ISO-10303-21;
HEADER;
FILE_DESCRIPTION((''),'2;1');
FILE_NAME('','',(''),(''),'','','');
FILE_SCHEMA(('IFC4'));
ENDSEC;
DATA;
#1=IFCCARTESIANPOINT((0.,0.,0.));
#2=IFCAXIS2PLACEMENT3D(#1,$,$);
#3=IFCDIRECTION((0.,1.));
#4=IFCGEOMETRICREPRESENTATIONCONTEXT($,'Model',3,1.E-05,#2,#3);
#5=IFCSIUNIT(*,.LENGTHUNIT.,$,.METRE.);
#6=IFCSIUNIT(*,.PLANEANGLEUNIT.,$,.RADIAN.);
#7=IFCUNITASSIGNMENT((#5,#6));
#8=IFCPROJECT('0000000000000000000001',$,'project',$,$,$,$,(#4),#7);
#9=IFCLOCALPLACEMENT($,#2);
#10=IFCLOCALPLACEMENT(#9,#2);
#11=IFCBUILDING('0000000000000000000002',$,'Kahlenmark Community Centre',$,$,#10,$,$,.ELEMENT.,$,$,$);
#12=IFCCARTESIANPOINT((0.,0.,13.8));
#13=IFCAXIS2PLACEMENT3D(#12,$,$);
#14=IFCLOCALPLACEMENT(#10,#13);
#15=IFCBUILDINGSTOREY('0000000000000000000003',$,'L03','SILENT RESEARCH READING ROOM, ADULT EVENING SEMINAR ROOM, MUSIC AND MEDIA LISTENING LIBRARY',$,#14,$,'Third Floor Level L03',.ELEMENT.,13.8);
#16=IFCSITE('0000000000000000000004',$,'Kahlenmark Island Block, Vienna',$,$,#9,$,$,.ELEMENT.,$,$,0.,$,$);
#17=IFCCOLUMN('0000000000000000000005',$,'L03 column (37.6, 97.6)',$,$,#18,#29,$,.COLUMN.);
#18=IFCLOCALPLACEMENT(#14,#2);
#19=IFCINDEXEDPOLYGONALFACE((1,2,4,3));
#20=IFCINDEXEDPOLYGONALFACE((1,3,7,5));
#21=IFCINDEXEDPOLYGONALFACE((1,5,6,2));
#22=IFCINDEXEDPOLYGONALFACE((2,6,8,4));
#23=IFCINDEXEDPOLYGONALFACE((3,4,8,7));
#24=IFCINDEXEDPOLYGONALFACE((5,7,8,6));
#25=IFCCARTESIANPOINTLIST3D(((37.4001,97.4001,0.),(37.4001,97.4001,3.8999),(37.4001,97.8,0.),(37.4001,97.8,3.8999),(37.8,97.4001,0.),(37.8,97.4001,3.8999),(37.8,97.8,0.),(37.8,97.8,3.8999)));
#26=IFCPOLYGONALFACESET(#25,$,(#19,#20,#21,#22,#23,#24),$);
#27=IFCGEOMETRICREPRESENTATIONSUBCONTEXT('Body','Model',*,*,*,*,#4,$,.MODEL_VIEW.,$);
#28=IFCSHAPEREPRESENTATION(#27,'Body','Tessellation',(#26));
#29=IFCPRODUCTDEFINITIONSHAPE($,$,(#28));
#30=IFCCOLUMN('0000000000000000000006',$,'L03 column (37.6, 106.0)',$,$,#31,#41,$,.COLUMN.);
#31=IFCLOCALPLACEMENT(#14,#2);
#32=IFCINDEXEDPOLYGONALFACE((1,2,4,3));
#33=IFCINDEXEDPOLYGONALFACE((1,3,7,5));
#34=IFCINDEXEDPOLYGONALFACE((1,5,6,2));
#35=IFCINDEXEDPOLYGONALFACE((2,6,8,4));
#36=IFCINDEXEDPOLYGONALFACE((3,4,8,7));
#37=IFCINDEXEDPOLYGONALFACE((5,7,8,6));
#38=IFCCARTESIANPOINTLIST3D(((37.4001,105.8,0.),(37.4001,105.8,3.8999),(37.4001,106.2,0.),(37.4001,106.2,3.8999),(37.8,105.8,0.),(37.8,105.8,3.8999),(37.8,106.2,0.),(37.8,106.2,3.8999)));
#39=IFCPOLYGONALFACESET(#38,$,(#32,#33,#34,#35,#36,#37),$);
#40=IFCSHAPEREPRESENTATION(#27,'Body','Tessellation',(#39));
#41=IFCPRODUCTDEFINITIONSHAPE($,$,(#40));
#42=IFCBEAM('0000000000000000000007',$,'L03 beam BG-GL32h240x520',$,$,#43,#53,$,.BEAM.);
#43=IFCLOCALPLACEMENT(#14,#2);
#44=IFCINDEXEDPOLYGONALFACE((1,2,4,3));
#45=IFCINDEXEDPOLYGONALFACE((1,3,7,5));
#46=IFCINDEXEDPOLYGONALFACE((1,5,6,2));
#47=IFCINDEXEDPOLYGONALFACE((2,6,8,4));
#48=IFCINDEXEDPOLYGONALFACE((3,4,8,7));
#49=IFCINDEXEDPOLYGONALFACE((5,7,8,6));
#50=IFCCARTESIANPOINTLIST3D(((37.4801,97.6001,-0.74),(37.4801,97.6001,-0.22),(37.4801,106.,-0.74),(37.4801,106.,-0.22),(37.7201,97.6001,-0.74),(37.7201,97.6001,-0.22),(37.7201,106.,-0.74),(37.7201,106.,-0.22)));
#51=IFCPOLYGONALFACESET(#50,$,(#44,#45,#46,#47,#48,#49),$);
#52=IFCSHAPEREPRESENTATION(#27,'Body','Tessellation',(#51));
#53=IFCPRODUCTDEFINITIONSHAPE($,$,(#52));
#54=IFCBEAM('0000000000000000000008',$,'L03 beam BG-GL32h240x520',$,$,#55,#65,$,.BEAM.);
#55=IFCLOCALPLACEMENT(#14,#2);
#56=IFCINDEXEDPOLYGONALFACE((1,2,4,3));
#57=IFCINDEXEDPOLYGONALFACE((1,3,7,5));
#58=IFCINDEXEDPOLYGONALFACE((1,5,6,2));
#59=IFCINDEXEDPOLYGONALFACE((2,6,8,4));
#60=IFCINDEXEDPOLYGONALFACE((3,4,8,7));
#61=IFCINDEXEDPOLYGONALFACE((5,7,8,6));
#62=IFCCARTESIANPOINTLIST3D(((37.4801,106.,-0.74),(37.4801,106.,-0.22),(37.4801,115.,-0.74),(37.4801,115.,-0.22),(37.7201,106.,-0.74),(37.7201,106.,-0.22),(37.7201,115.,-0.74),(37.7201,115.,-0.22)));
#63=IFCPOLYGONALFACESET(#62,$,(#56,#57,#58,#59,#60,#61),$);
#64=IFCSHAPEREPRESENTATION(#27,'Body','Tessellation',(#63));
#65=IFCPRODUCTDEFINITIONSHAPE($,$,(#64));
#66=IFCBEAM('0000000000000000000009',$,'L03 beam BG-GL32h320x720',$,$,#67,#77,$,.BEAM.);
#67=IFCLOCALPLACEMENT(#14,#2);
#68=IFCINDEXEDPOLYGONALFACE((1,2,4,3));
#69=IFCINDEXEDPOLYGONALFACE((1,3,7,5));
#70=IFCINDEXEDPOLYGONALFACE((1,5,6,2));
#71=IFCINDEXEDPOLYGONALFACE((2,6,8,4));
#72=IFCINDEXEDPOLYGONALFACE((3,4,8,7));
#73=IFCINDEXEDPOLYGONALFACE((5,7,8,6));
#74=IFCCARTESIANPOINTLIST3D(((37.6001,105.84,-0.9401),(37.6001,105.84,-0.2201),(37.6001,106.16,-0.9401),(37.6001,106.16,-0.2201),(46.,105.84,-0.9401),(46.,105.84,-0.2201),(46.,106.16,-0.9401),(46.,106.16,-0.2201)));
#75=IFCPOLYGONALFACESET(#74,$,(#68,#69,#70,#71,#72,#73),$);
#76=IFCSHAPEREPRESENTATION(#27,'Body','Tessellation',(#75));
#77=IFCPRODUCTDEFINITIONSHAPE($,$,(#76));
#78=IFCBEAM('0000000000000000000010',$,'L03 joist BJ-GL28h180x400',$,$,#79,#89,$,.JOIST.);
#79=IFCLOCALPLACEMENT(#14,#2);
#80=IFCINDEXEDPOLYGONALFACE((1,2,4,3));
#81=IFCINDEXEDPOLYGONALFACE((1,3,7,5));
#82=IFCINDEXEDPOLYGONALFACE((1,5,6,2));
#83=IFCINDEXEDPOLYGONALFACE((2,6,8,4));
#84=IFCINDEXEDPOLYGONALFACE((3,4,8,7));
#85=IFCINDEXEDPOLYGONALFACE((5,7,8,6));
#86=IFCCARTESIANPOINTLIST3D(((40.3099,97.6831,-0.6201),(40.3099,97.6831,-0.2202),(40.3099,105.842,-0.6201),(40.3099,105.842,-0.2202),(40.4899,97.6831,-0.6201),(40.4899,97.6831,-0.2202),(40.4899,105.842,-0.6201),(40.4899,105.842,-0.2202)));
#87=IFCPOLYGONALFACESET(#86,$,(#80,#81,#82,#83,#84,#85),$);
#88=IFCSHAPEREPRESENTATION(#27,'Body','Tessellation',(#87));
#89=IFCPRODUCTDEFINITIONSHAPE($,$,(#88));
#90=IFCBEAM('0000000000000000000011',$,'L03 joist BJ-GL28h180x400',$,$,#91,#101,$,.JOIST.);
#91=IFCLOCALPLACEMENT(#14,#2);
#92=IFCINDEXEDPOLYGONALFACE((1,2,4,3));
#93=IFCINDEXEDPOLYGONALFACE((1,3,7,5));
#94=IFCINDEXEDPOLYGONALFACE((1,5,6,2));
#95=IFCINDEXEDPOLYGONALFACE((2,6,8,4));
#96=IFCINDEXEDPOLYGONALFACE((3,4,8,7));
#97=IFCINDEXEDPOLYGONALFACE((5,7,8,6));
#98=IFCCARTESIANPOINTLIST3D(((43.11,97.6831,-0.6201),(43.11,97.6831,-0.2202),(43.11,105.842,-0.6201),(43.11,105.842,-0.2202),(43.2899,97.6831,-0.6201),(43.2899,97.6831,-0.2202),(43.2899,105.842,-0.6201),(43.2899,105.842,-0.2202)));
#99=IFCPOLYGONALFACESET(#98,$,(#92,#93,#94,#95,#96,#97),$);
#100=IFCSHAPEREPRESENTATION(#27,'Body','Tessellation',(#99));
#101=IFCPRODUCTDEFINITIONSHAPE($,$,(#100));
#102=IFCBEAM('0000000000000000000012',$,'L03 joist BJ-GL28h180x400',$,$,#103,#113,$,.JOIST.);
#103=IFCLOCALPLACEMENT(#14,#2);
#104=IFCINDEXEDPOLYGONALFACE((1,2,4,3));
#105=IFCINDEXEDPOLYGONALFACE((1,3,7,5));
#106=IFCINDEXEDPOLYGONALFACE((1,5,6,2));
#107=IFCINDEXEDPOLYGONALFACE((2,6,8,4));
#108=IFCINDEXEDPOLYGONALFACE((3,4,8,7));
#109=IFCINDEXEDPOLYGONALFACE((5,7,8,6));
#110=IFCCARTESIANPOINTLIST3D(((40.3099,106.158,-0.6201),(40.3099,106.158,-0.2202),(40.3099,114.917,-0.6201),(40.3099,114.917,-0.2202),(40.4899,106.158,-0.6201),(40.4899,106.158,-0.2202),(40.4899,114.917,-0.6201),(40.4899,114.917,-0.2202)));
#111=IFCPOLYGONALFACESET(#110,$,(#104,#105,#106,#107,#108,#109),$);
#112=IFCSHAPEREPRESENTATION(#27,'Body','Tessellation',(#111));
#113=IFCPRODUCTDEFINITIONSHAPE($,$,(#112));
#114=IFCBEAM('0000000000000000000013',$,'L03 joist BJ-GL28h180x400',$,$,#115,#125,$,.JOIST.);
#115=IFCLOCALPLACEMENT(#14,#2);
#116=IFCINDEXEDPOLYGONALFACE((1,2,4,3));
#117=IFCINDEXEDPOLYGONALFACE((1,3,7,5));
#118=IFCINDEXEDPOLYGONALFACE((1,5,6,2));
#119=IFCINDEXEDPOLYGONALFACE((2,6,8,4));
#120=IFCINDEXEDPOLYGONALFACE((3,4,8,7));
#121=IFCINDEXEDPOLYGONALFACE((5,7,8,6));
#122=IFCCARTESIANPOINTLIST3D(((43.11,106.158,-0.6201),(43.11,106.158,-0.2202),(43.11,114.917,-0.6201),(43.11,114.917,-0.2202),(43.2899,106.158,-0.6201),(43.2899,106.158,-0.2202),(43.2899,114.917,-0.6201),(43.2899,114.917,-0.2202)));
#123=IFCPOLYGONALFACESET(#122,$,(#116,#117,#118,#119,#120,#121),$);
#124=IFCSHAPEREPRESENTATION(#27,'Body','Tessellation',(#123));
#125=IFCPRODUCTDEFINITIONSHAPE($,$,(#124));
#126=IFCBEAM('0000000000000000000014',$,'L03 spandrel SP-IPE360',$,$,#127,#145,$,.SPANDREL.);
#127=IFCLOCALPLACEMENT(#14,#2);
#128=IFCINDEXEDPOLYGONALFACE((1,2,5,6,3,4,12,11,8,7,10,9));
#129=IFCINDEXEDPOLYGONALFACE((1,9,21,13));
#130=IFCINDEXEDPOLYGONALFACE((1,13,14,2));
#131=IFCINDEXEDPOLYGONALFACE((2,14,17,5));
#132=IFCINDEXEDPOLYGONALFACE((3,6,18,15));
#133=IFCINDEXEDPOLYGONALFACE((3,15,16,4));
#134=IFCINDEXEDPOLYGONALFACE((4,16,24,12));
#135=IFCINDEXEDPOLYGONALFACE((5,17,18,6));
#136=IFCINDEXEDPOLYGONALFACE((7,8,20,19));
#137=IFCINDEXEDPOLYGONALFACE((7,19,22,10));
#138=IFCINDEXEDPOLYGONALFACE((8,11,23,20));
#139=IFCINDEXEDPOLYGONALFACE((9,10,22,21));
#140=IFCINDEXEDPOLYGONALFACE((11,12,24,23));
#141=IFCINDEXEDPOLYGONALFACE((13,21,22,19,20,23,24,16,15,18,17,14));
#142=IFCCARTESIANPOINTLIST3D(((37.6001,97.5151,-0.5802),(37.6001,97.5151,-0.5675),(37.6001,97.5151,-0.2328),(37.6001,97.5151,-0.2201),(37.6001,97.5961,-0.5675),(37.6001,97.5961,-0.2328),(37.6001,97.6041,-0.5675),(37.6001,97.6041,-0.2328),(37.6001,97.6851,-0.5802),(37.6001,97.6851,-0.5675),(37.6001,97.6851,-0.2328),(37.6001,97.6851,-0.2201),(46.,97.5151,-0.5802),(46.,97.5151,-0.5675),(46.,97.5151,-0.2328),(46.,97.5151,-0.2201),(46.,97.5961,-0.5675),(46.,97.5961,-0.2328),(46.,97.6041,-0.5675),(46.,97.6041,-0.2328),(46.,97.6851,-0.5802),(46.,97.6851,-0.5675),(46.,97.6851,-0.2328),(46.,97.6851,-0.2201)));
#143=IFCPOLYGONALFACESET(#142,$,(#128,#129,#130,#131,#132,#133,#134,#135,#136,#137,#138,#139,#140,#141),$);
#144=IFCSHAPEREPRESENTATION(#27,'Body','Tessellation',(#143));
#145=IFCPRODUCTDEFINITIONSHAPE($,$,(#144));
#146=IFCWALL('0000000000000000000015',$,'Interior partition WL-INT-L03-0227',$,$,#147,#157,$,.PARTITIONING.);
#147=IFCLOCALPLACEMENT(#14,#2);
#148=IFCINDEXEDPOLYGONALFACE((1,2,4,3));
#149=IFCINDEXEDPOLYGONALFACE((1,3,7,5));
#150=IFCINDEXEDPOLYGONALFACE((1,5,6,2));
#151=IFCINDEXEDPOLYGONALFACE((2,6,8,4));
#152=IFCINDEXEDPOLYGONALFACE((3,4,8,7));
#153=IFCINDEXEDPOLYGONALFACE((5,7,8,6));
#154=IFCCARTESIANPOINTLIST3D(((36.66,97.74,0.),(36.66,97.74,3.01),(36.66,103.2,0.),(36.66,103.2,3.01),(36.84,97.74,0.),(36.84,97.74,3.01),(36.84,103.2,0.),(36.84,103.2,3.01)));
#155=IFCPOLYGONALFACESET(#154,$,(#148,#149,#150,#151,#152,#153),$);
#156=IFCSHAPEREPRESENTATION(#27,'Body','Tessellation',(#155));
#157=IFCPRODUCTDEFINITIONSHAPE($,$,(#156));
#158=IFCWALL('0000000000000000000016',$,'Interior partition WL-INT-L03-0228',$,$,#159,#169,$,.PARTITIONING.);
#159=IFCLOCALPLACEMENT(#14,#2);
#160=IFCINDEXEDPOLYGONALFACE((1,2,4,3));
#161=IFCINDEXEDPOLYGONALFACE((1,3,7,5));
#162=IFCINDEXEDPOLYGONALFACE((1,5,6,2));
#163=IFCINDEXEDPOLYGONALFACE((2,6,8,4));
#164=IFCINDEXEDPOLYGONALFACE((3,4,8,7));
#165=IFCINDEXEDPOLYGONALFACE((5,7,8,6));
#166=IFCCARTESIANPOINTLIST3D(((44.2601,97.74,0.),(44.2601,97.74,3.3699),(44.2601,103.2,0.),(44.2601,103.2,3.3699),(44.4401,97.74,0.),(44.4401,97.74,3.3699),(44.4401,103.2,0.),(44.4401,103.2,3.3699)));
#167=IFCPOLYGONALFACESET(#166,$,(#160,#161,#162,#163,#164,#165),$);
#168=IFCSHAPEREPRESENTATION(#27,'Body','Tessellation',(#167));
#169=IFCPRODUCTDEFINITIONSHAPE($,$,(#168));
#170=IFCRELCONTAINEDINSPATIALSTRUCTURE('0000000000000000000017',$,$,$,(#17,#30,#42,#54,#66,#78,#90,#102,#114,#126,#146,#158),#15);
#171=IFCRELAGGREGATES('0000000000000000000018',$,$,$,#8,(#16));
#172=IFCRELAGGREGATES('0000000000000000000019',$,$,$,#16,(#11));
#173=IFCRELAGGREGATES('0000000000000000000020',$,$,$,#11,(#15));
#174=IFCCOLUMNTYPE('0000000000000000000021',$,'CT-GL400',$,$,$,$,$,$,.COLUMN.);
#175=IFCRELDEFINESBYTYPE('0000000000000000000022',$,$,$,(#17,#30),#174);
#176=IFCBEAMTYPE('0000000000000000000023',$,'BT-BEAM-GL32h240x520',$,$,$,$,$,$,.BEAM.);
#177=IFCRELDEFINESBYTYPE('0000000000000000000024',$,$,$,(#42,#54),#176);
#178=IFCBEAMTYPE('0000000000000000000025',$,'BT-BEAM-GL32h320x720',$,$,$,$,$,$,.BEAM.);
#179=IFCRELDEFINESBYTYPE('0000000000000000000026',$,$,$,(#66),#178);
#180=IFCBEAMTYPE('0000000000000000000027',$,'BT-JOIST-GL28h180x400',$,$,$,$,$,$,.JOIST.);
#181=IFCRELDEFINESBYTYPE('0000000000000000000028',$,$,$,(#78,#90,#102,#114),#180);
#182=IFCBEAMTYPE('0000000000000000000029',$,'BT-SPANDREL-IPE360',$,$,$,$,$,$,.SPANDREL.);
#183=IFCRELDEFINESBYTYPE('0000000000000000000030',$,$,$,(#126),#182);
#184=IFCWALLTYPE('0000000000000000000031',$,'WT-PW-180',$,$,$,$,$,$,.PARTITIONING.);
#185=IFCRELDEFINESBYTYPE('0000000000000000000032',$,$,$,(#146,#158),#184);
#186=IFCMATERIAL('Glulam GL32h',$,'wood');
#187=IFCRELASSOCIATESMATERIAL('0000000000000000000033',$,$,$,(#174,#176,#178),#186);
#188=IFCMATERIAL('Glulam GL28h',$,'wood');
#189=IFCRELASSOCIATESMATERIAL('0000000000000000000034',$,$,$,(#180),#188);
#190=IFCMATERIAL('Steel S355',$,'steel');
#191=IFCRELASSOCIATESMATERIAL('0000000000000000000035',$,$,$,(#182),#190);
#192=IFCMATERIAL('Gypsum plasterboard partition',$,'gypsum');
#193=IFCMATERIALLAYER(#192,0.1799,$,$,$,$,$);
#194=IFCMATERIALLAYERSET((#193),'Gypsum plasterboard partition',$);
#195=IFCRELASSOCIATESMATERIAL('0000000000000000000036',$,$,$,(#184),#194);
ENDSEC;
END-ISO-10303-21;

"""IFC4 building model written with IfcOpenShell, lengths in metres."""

from ifc_helpers import new_model, si_unit, direction, frame, frame_2d, origin, origin_2d, place, context, subcontext, project, spatial, rectangle, i_section, extrude, material, layer, layer_set, material_profile, profile_set, type_object, element, save


model = new_model("IFC4")

# Units and contexts
model_context = context("Model", 3, precision=1e-05, world=origin(), true_north=direction((0.0, 1.0)))
body_context = subcontext(model_context, "Body", "Model", "MODEL_VIEW")
ifc_project = project(units=[si_unit("LENGTHUNIT", "METRE"), si_unit("PLANEANGLEUNIT", "RADIAN")], contexts=[model_context])

# Site, building, storey
site_placement = place(None, origin())
site = spatial("IfcSite", under=ifc_project, at=site_placement, Name="Kahlenmark Island Block, Vienna", CompositionType="ELEMENT", RefElevation=0.0)
building_placement = place(site_placement, origin())
building = spatial("IfcBuilding", under=site, at=building_placement, Name="Kahlenmark Community Centre", CompositionType="ELEMENT")
storey_placement = place(building_placement, frame((0.0, 0.0, 13.8)))
storey = spatial("IfcBuildingStorey", under=building, at=storey_placement, Name="L03", Description="SILENT RESEARCH READING ROOM, ADULT EVENING SEMINAR ROOM, MUSIC AND MEDIA LISTENING LIBRARY", LongName="Third Floor Level L03", CompositionType="ELEMENT", Elevation=13.8)

# Columns
ifc_material_1 = material(Name="Glulam GL32h", Category="wood")
ifc_material_profile_1 = material_profile(ifc_material_1, rectangle(XDim=0.3999, YDim=0.3999, at=origin_2d()), Name="GL32h 400x400")
ifc_profile_set_1 = profile_set([ifc_material_profile_1], Name="Glulam GL32h")
column_type = type_object("IfcColumnType", Name="CT-GL400", PredefinedType="COLUMN", material=ifc_profile_set_1)
for number, where, z_axis, x_axis, name in (
    (1, (37.6001, 97.6001, 0.0), (0.0, 0.0, 1.0), (1.0, 0.0, 0.0), "L03 column (37.6, 97.6)"),
    (2, (37.6001, 106.0, 0.0), (0.0, 0.0, 1.0), (1.0, 0.0, 0.0), "L03 column (37.6, 106.0)"),
):
    element("IfcColumn", number, at=place(storey_placement, frame(where, z_axis=z_axis, x_axis=x_axis)), inside=storey, type_object=column_type, Name=name, PredefinedType="COLUMN", context=body_context, shape_type="SweptSolid", body=[
        extrude(rectangle(XDim=0.3999, YDim=0.3999, at=origin_2d()), origin(), (0.0, 0.0, 1.0), 3.8999),
    ])

# Beams
ifc_material_profile_2 = material_profile(ifc_material_1, rectangle(XDim=0.24, YDim=0.52, at=origin_2d()), Name="GL32h 240x520")
ifc_profile_set_2 = profile_set([ifc_material_profile_2], Name="Glulam GL32h")
beam_type_1 = type_object("IfcBeamType", Name="BT-BEAM-GL32h240x520", PredefinedType="BEAM", material=ifc_profile_set_2)
beam_1_placement = place(storey_placement, frame((37.6001, 97.6001, -0.48), z_axis=(0.0, 1.0, 0.0), x_axis=(-1.0, 0.0, 0.0)))
element("IfcBeam", 3, at=beam_1_placement, inside=storey, type_object=beam_type_1, Name="L03 beam BG-GL32h240x520", PredefinedType="BEAM", context=body_context, shape_type="SweptSolid", body=[
    extrude(rectangle(XDim=0.24, YDim=0.52, at=origin_2d()), origin(), (0.0, 0.0, 1.0), 8.3999),
])
beam_2_placement = place(storey_placement, frame((37.6001, 106.0, -0.48), z_axis=(0.0, 1.0, 0.0), x_axis=(-1.0, 0.0, 0.0)))
element("IfcBeam", 4, at=beam_2_placement, inside=storey, type_object=beam_type_1, Name="L03 beam BG-GL32h240x520", PredefinedType="BEAM", context=body_context, shape_type="SweptSolid", body=[
    extrude(rectangle(XDim=0.24, YDim=0.52, at=origin_2d()), origin(), (0.0, 0.0, 1.0), 9.0),
])
ifc_material_profile_3 = material_profile(ifc_material_1, rectangle(XDim=0.3201, YDim=0.72, at=origin_2d()), Name="GL32h 320x720")
ifc_profile_set_3 = profile_set([ifc_material_profile_3], Name="Glulam GL32h")
beam_type_2 = type_object("IfcBeamType", Name="BT-BEAM-GL32h320x720", PredefinedType="BEAM", material=ifc_profile_set_3)
beam_3_placement = place(storey_placement, frame((37.6001, 106.0, -0.5801), z_axis=(1.0, 0.0, 0.0), x_axis=(0.0, 1.0, 0.0)))
element("IfcBeam", 5, at=beam_3_placement, inside=storey, type_object=beam_type_2, Name="L03 beam BG-GL32h320x720", PredefinedType="BEAM", context=body_context, shape_type="SweptSolid", body=[
    extrude(rectangle(XDim=0.3201, YDim=0.72, at=origin_2d()), origin(), (0.0, 0.0, 1.0), 8.3999),
])
ifc_material_2 = material(Name="Glulam GL28h", Category="wood")
ifc_material_profile_4 = material_profile(ifc_material_2, rectangle(XDim=0.1799, YDim=0.3999, at=origin_2d()), Name="GL28h 180x400")
ifc_profile_set_4 = profile_set([ifc_material_profile_4], Name="Glulam GL28h")
beam_type_3 = type_object("IfcBeamType", Name="BT-JOIST-GL28h180x400", PredefinedType="JOIST", material=ifc_profile_set_4)
for number, where, z_axis, x_axis, name in (
    (6, (40.3999, 97.6831, -0.4202), (0.0, 1.0, 0.0), (-1.0, 0.0, 0.0), "L03 joist BJ-GL28h180x400"),
    (7, (43.2, 97.6831, -0.4202), (0.0, 1.0, 0.0), (-1.0, 0.0, 0.0), "L03 joist BJ-GL28h180x400"),
):
    element("IfcBeam", number, at=place(storey_placement, frame(where, z_axis=z_axis, x_axis=x_axis)), inside=storey, type_object=beam_type_3, Name=name, PredefinedType="JOIST", context=body_context, shape_type="SweptSolid", body=[
        extrude(rectangle(XDim=0.1799, YDim=0.3999, at=origin_2d()), origin(), (0.0, 0.0, 1.0), 8.1589),
    ])
for number, where, z_axis, x_axis, name in (
    (8, (40.3999, 106.158, -0.4202), (0.0, 1.0, 0.0), (-1.0, 0.0, 0.0), "L03 joist BJ-GL28h180x400"),
    (9, (43.2, 106.158, -0.4202), (0.0, 1.0, 0.0), (-1.0, 0.0, 0.0), "L03 joist BJ-GL28h180x400"),
):
    element("IfcBeam", number, at=place(storey_placement, frame(where, z_axis=z_axis, x_axis=x_axis)), inside=storey, type_object=beam_type_3, Name=name, PredefinedType="JOIST", context=body_context, shape_type="SweptSolid", body=[
        extrude(rectangle(XDim=0.1799, YDim=0.3999, at=origin_2d()), origin(), (0.0, 0.0, 1.0), 8.759),
    ])
ifc_material_3 = material(Name="Steel S355", Category="steel")
ifc_material_profile_5 = material_profile(ifc_material_3, i_section(OverallWidth=0.1699, OverallDepth=0.3601, WebThickness=0.0081, FlangeThickness=0.0127, at=origin_2d()), Name="IPE 360")
ifc_profile_set_5 = profile_set([ifc_material_profile_5], Name="Steel S355")
beam_type_4 = type_object("IfcBeamType", Name="BT-SPANDREL-IPE360", PredefinedType="SPANDREL", material=ifc_profile_set_5)
beam_4_placement = place(storey_placement, frame((37.6001, 97.6001, -0.4001), z_axis=(1.0, 0.0, 0.0), x_axis=(0.0, 1.0, 0.0)))
element("IfcBeam", 10, at=beam_4_placement, inside=storey, type_object=beam_type_4, Name="L03 spandrel SP-IPE360", PredefinedType="SPANDREL", context=body_context, shape_type="SweptSolid", body=[
    extrude(i_section(OverallWidth=0.1699, OverallDepth=0.3601, WebThickness=0.0081, FlangeThickness=0.0127, at=origin_2d()), origin(), (0.0, 0.0, 1.0), 8.3999),
])

# Shared definitions
ifc_material_4 = material(Name="Gypsum plasterboard partition", Category="gypsum")
ifc_layer_1 = layer(ifc_material_4, 0.1799)
ifc_layer_set_1 = layer_set([ifc_layer_1], Name="Gypsum plasterboard partition")
wall_type_1 = type_object("IfcWallType", Name="WT-PW-180", PredefinedType="PARTITIONING", material=ifc_layer_set_1)

# Walls
wall_1_placement = place(storey_placement, frame((36.75, 97.74, 0.0), z_axis=(0.0, 0.0, 1.0), x_axis=(0.0, 1.0, 0.0)))
element("IfcWall", 11, at=wall_1_placement, inside=storey, type_object=wall_type_1, Name="Interior partition WL-INT-L03-0227", PredefinedType="PARTITIONING", context=body_context, shape_type="SweptSolid", body=[
    extrude(rectangle(XDim=5.46, YDim=0.1799, at=frame_2d((2.73, 0.0))), origin(), (0.0, 0.0, 1.0), 3.01),
])
wall_2_placement = place(storey_placement, frame((44.3501, 97.74, 0.0), z_axis=(0.0, 0.0, 1.0), x_axis=(0.0, 1.0, 0.0)))
element("IfcWall", 12, at=wall_2_placement, inside=storey, type_object=wall_type_1, Name="Interior partition WL-INT-L03-0228", PredefinedType="PARTITIONING", context=body_context, shape_type="SweptSolid", body=[
    extrude(rectangle(XDim=5.46, YDim=0.1799, at=frame_2d((2.73, 0.0))), origin(), (0.0, 0.0, 1.0), 3.3699),
])

save(model, "model.ifc")
